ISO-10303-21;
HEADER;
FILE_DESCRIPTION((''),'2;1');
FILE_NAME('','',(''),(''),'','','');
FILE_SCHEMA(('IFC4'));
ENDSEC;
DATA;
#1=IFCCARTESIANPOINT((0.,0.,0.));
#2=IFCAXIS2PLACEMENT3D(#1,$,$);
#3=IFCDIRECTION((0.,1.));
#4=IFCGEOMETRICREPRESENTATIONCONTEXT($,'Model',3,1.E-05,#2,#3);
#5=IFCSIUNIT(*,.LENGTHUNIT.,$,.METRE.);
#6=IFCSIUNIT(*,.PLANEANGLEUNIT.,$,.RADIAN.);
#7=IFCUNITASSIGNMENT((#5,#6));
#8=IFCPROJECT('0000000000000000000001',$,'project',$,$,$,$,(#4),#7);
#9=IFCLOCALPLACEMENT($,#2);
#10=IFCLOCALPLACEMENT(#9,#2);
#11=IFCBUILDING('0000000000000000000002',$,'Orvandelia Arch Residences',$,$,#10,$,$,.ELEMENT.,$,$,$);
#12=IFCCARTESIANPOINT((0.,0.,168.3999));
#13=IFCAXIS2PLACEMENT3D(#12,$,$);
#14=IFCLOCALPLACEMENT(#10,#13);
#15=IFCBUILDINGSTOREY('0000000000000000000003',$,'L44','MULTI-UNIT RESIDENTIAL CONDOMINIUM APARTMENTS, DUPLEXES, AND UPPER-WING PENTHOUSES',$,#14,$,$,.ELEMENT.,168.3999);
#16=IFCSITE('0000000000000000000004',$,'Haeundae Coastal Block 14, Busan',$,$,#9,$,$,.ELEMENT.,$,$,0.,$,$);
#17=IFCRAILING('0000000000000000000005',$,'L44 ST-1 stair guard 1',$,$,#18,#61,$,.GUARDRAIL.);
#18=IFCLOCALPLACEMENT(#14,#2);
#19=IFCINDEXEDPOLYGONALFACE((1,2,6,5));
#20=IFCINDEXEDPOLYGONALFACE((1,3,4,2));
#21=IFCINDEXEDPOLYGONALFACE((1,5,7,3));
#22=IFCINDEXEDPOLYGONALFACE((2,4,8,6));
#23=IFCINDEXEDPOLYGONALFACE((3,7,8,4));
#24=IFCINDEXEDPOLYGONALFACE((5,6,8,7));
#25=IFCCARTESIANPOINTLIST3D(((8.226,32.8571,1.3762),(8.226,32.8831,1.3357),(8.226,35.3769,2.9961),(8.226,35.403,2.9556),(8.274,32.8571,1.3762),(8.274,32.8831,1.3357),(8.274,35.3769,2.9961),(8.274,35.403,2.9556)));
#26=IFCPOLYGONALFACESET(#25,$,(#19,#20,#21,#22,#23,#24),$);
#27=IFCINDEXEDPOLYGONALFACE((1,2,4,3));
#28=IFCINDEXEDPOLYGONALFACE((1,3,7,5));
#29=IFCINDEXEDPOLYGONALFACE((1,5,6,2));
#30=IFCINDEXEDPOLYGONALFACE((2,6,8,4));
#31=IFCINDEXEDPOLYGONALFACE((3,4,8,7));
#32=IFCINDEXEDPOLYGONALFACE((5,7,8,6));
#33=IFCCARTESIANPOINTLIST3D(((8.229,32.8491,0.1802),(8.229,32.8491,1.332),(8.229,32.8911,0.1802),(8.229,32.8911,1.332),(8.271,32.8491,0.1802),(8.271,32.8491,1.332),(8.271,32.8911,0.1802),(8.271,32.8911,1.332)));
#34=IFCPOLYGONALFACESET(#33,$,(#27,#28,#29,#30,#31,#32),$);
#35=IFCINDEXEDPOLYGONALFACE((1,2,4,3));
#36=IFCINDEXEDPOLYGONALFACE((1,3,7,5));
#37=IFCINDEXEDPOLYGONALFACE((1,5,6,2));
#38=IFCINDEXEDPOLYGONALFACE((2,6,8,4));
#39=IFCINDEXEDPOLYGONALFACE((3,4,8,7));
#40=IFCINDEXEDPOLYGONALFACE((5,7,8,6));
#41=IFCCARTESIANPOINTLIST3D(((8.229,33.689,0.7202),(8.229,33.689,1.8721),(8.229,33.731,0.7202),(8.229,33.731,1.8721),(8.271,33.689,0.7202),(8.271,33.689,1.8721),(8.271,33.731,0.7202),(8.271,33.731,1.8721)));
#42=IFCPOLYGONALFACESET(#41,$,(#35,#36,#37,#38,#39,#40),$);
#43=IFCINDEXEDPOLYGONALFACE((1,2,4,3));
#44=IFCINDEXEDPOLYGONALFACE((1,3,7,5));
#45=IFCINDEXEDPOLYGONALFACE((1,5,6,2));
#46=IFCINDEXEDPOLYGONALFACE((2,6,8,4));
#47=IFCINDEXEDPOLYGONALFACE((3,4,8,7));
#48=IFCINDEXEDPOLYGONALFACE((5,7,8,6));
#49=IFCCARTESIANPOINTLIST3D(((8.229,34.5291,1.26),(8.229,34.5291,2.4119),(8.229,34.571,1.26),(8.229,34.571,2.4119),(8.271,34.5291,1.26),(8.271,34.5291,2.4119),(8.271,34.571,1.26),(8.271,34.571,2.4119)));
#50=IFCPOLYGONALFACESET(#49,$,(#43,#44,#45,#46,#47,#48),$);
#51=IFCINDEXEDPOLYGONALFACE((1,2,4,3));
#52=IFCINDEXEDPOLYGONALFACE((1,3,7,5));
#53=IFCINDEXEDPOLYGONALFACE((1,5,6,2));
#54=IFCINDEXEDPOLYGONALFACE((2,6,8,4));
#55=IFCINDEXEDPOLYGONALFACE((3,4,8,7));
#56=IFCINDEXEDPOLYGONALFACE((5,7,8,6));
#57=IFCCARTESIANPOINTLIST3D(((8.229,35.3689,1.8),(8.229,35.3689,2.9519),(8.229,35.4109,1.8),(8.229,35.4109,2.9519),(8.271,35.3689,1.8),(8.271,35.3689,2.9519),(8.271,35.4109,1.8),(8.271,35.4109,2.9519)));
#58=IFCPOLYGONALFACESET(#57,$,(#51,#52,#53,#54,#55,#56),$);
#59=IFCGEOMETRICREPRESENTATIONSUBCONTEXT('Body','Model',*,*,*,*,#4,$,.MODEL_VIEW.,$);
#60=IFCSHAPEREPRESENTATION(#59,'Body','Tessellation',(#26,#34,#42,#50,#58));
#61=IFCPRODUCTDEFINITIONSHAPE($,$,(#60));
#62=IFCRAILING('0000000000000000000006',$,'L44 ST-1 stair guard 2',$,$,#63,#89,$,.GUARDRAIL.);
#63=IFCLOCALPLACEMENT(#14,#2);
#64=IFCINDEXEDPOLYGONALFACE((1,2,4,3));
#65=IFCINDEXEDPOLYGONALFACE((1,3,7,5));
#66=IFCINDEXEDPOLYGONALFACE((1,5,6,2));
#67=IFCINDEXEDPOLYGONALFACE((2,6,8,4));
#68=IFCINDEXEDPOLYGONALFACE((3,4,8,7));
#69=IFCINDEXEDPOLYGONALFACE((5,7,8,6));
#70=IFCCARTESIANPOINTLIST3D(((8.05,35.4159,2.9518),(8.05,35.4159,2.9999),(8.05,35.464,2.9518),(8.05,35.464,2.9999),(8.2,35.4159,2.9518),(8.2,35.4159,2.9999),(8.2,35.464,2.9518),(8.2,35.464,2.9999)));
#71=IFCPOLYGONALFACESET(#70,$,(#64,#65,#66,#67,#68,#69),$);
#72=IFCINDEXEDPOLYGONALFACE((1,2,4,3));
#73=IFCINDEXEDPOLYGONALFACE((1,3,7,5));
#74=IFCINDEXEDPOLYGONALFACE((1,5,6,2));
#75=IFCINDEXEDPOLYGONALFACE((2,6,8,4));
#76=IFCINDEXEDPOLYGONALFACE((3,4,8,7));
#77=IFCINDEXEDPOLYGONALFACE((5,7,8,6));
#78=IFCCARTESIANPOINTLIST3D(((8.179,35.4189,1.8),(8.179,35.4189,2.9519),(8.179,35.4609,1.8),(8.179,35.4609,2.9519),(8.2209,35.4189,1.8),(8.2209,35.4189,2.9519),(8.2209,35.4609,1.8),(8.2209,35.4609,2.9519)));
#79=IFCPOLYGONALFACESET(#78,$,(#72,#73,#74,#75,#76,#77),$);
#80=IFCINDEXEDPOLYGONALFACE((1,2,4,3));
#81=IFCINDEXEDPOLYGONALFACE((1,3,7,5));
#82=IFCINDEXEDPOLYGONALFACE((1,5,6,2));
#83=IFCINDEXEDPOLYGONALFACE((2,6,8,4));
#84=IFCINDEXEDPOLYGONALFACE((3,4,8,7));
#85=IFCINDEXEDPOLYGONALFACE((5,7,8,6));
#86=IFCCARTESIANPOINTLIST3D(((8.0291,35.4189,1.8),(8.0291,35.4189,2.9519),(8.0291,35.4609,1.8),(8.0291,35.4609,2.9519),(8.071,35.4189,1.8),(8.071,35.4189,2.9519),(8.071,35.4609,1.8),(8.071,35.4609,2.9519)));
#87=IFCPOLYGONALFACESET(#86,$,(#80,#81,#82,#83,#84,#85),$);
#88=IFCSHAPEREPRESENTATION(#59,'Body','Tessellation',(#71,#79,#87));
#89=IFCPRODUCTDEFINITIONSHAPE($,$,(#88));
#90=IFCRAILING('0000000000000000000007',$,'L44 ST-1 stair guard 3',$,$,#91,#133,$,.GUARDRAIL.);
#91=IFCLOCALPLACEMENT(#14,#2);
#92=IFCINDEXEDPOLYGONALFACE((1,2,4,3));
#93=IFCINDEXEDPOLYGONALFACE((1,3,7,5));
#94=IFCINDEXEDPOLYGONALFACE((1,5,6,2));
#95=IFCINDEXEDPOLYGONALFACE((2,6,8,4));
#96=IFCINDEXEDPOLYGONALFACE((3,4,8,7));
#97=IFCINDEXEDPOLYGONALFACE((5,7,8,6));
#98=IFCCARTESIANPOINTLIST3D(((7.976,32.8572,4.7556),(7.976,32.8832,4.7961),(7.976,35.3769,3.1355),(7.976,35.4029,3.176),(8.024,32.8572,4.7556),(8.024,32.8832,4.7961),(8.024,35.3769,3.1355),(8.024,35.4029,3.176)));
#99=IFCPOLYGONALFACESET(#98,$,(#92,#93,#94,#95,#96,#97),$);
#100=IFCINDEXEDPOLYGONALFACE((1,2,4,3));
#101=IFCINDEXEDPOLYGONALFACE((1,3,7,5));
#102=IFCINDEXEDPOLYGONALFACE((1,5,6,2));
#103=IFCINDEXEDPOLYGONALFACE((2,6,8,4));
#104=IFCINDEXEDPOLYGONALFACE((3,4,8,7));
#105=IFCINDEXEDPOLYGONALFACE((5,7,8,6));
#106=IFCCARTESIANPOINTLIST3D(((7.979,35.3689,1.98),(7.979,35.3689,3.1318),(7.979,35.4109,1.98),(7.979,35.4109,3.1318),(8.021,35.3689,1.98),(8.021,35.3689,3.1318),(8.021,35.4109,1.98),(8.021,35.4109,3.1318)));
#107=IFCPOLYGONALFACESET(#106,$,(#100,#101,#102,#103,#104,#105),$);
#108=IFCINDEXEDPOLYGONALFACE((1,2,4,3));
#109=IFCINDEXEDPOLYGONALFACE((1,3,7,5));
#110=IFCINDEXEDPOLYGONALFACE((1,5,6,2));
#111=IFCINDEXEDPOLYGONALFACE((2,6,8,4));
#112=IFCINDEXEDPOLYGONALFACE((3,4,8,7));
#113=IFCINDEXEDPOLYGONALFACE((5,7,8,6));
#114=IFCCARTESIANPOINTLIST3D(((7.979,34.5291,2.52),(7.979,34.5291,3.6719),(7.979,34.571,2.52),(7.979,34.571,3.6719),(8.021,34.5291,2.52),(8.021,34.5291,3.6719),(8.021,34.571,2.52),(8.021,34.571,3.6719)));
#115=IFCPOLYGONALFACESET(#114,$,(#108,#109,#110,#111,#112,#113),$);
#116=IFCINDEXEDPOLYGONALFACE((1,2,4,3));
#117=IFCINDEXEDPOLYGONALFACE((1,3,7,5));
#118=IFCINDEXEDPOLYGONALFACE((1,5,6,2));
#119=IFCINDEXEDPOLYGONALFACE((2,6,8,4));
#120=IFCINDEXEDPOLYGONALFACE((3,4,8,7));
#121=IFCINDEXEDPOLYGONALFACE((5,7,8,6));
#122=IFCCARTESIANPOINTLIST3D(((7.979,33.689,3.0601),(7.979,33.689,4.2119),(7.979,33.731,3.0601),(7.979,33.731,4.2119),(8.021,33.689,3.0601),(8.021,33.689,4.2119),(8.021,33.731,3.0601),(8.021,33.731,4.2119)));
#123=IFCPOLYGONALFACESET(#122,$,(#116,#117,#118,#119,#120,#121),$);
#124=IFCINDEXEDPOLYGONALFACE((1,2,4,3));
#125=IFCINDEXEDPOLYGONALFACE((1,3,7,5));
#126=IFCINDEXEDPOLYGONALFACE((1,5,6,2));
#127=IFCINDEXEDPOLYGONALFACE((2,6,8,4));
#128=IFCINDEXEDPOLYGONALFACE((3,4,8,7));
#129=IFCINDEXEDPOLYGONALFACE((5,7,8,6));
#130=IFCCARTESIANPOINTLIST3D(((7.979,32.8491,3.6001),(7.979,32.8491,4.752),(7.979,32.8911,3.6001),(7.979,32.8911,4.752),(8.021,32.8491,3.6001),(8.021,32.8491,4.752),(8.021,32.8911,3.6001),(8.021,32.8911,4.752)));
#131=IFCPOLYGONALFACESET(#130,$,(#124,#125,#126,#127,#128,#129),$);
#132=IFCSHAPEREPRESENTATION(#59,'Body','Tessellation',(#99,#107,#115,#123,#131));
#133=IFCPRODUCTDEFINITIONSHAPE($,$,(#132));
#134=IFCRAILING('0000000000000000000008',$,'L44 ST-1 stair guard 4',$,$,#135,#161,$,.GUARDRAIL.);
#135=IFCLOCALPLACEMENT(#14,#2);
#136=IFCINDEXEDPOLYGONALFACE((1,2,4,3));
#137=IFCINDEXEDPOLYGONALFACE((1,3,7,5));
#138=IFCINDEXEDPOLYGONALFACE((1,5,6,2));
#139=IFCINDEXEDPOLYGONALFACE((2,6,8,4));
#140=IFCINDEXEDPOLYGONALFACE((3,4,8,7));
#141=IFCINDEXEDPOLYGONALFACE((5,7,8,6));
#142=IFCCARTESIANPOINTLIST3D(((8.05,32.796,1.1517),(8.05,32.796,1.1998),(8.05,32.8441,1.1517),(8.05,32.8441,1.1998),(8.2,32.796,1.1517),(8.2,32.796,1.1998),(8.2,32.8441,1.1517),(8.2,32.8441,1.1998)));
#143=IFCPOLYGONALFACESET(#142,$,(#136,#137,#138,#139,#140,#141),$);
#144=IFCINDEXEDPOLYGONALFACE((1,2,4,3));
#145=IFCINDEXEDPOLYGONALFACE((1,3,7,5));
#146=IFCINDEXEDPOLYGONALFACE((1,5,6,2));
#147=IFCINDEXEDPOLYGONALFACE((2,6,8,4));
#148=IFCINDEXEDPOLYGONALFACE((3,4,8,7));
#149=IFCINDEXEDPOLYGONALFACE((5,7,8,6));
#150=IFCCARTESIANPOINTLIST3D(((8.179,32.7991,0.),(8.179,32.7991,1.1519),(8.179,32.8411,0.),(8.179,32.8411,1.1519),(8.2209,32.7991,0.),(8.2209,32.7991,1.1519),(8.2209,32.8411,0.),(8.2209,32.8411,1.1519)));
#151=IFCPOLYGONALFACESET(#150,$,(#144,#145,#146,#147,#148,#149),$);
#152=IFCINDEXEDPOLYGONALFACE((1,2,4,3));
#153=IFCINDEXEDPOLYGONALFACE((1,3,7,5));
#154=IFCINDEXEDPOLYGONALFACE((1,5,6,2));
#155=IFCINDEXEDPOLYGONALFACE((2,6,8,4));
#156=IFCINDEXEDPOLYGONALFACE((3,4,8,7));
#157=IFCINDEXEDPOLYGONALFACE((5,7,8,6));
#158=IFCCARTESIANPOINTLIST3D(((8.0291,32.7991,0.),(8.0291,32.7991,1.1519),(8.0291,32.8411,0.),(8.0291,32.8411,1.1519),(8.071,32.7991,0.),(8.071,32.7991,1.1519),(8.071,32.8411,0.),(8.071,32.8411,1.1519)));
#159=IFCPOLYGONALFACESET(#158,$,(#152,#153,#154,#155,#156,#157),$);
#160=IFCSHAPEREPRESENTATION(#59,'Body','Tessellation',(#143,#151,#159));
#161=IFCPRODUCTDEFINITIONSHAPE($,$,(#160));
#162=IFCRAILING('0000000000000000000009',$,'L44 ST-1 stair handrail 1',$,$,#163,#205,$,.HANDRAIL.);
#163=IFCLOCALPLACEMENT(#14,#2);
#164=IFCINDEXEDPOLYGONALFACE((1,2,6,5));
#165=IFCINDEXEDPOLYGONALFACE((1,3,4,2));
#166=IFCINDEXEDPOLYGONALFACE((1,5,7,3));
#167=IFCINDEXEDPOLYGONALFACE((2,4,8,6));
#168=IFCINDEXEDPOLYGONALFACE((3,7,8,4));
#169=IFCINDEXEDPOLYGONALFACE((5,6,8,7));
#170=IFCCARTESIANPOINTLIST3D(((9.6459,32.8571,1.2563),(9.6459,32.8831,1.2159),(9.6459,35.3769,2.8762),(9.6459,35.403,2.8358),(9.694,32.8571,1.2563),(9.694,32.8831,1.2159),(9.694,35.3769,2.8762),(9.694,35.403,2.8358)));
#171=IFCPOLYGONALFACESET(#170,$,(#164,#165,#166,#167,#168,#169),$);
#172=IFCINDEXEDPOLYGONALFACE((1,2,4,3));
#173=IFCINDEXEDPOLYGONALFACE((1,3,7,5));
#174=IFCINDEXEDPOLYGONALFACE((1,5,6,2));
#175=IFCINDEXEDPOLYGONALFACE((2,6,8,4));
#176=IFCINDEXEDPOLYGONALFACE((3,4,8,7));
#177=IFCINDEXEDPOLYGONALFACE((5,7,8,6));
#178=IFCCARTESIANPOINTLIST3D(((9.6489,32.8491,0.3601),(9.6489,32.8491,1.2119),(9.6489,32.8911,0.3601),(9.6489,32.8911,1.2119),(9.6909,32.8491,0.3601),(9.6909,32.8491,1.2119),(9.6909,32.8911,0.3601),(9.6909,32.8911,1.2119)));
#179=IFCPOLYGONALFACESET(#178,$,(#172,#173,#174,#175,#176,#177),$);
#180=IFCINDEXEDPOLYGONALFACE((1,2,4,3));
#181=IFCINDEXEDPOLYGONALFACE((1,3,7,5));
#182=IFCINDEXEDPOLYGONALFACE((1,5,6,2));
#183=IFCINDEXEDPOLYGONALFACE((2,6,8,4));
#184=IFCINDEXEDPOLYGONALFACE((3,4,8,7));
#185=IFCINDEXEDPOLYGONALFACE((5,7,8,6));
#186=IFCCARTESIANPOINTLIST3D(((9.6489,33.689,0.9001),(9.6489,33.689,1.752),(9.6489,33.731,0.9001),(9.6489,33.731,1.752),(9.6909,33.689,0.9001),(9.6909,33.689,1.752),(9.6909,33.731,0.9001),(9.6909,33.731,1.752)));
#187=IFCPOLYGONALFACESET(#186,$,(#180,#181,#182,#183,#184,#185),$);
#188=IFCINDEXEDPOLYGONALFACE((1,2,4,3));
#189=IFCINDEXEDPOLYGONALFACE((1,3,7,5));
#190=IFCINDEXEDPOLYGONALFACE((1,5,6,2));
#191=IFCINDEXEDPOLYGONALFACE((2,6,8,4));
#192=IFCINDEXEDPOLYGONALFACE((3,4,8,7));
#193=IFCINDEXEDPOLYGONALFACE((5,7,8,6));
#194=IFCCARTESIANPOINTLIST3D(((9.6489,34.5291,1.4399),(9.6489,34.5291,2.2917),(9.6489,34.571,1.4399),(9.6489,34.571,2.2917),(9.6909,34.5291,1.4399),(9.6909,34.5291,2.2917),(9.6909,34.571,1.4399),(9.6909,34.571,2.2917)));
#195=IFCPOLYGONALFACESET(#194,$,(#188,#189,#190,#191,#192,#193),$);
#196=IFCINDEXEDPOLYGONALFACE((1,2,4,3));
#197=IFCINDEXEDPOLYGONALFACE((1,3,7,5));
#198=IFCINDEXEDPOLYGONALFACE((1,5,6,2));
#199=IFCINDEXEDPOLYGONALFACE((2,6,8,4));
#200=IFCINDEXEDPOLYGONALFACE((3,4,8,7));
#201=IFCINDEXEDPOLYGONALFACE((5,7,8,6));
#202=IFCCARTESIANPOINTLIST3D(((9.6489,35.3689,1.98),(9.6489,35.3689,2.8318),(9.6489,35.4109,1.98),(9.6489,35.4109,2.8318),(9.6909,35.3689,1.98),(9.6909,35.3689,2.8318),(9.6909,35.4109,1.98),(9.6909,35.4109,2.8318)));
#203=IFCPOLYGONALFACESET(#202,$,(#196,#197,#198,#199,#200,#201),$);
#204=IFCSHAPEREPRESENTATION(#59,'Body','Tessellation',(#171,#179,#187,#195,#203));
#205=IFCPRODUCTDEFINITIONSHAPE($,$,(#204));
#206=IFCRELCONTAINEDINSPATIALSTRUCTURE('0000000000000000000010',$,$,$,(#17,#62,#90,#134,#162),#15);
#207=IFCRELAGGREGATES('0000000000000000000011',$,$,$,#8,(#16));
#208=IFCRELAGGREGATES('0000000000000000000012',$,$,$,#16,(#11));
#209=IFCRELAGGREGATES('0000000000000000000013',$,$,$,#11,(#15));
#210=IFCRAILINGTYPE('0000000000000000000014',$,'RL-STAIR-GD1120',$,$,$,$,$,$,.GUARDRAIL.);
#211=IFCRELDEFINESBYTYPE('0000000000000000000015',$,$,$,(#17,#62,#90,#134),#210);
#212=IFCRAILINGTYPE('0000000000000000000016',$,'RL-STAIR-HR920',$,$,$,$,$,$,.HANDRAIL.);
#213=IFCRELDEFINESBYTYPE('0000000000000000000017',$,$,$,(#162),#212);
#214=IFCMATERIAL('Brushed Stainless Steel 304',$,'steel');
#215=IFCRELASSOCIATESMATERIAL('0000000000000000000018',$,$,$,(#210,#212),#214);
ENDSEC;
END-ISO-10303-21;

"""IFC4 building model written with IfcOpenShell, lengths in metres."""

from ifc_helpers import new_model, si_unit, direction, frame, origin, origin_2d, place, context, subcontext, project, spatial, rectangle, extrude, material, type_object, element, save


model = new_model("IFC4")

# Units and contexts
model_context = context("Model", 3, precision=1e-05, world=origin(), true_north=direction((0.0, 1.0)))
body_context = subcontext(model_context, "Body", "Model", "MODEL_VIEW")
ifc_project = project(units=[si_unit("LENGTHUNIT", "METRE"), si_unit("PLANEANGLEUNIT", "RADIAN")], contexts=[model_context])

# Site, building, storey
site_placement = place(None, origin())
site = spatial("IfcSite", under=ifc_project, at=site_placement, Name="Haeundae Coastal Block 14, Busan", CompositionType="ELEMENT", RefElevation=0.0)
building_placement = place(site_placement, origin())
building = spatial("IfcBuilding", under=site, at=building_placement, Name="Orvandelia Arch Residences", CompositionType="ELEMENT")
storey_placement = place(building_placement, frame((0.0, 0.0, 168.3999)))
storey = spatial("IfcBuildingStorey", under=building, at=storey_placement, Name="L44", Description="MULTI-UNIT RESIDENTIAL CONDOMINIUM APARTMENTS, DUPLEXES, AND UPPER-WING PENTHOUSES", CompositionType="ELEMENT", Elevation=168.3999)

# Railings
ifc_material_1 = material(Name="Brushed Stainless Steel 304", Category="steel")
railing_type_1 = type_object("IfcRailingType", Name="RL-STAIR-GD1120", PredefinedType="GUARDRAIL", material=ifc_material_1)
railing_1_placement = place(storey_placement, frame((8.25, 32.8701, 0.1802)))
element("IfcRailing", 1, at=railing_1_placement, inside=storey, type_object=railing_type_1, Name="L44 ST-1 stair guard 1", PredefinedType="GUARDRAIL", context=body_context, shape_type="SweptSolid", body=[
    extrude(rectangle(XDim=0.0481, YDim=0.0481, at=origin_2d()), frame((0.0, 0.0, 1.1758), z_axis=(0.0, 0.841176, 0.540762), x_axis=(-1.0, 0.0, 0.0)), (0.0, 0.0, 1.0), 2.9956),
    extrude(rectangle(XDim=0.042, YDim=0.042, at=origin_2d()), origin(), (0.0, 0.0, 1.0), 1.1519),
    extrude(rectangle(XDim=0.042, YDim=0.042, at=origin_2d()), frame((0.0, 0.8398, 0.54)), (0.0, 0.0, 1.0), 1.1519),
    extrude(rectangle(XDim=0.042, YDim=0.042, at=origin_2d()), frame((0.0, 1.6799, 1.0798)), (0.0, 0.0, 1.0), 1.1519),
    extrude(rectangle(XDim=0.042, YDim=0.042, at=origin_2d()), frame((0.0, 2.5198, 1.6199)), (0.0, 0.0, 1.0), 1.1519),
])
railing_2_placement = place(storey_placement, frame((8.2, 35.4399, 1.8)))
element("IfcRailing", 2, at=railing_2_placement, inside=storey, type_object=railing_type_1, Name="L44 ST-1 stair guard 2", PredefinedType="GUARDRAIL", context=body_context, shape_type="SweptSolid", body=[
    extrude(rectangle(XDim=0.0481, YDim=0.0481, at=origin_2d()), frame((0.0, 0.0, 1.1758), z_axis=(-1.0, 0.0, 0.0), x_axis=(0.0, -1.0, 0.0)), (0.0, 0.0, 1.0), 0.1499),
    extrude(rectangle(XDim=0.042, YDim=0.042, at=origin_2d()), origin(), (0.0, 0.0, 1.0), 1.1519),
    extrude(rectangle(XDim=0.042, YDim=0.042, at=origin_2d()), frame((-0.1499, 0.0, 0.0)), (0.0, 0.0, 1.0), 1.1519),
])
railing_3_placement = place(storey_placement, frame((8.0, 35.3899, 1.98)))
element("IfcRailing", 3, at=railing_3_placement, inside=storey, type_object=railing_type_1, Name="L44 ST-1 stair guard 3", PredefinedType="GUARDRAIL", context=body_context, shape_type="SweptSolid", body=[
    extrude(rectangle(XDim=0.0481, YDim=0.0481, at=origin_2d()), frame((0.0, 0.0, 1.1758), z_axis=(0.0, -0.841139, 0.540819), x_axis=(1.0, 0.0, 0.0)), (0.0, 0.0, 1.0), 2.9956),
    extrude(rectangle(XDim=0.042, YDim=0.042, at=origin_2d()), origin(), (0.0, 0.0, 1.0), 1.1519),
    extrude(rectangle(XDim=0.042, YDim=0.042, at=origin_2d()), frame((0.0, -0.8398, 0.54)), (0.0, 0.0, 1.0), 1.1519),
    extrude(rectangle(XDim=0.042, YDim=0.042, at=origin_2d()), frame((0.0, -1.6799, 1.0801)), (0.0, 0.0, 1.0), 1.1519),
    extrude(rectangle(XDim=0.042, YDim=0.042, at=origin_2d()), frame((0.0, -2.5198, 1.6201)), (0.0, 0.0, 1.0), 1.1519),
])
railing_4_placement = place(storey_placement, frame((8.2, 32.8201, 0.0)))
element("IfcRailing", 4, at=railing_4_placement, inside=storey, type_object=railing_type_1, Name="L44 ST-1 stair guard 4", PredefinedType="GUARDRAIL", context=body_context, shape_type="SweptSolid", body=[
    extrude(rectangle(XDim=0.0481, YDim=0.0481, at=origin_2d()), frame((0.0, 0.0, 1.1758), z_axis=(-1.0, 0.0, 0.0), x_axis=(0.0, -1.0, 0.0)), (0.0, 0.0, 1.0), 0.1499),
    extrude(rectangle(XDim=0.042, YDim=0.042, at=origin_2d()), origin(), (0.0, 0.0, 1.0), 1.1519),
    extrude(rectangle(XDim=0.042, YDim=0.042, at=origin_2d()), frame((-0.1499, 0.0, 0.0)), (0.0, 0.0, 1.0), 1.1519),
])
railing_type_2 = type_object("IfcRailingType", Name="RL-STAIR-HR920", PredefinedType="HANDRAIL", material=ifc_material_1)
railing_5_placement = place(storey_placement, frame((9.6699, 32.8701, 0.3601)))
element("IfcRailing", 5, at=railing_5_placement, inside=storey, type_object=railing_type_2, Name="L44 ST-1 stair handrail 1", PredefinedType="HANDRAIL", context=body_context, shape_type="SweptSolid", body=[
    extrude(rectangle(XDim=0.0481, YDim=0.0481, at=origin_2d()), frame((0.0, 0.0, 0.876), z_axis=(0.0, 0.841176, 0.540762), x_axis=(-1.0, 0.0, 0.0)), (0.0, 0.0, 1.0), 2.9956),
    extrude(rectangle(XDim=0.042, YDim=0.042, at=origin_2d()), origin(), (0.0, 0.0, 1.0), 0.8518),
    extrude(rectangle(XDim=0.042, YDim=0.042, at=origin_2d()), frame((0.0, 0.8398, 0.54)), (0.0, 0.0, 1.0), 0.8518),
    extrude(rectangle(XDim=0.042, YDim=0.042, at=origin_2d()), frame((0.0, 1.6799, 1.0798)), (0.0, 0.0, 1.0), 0.8518),
    extrude(rectangle(XDim=0.042, YDim=0.042, at=origin_2d()), frame((0.0, 2.5198, 1.6199)), (0.0, 0.0, 1.0), 0.8518),
])

save(model, "model.ifc")
